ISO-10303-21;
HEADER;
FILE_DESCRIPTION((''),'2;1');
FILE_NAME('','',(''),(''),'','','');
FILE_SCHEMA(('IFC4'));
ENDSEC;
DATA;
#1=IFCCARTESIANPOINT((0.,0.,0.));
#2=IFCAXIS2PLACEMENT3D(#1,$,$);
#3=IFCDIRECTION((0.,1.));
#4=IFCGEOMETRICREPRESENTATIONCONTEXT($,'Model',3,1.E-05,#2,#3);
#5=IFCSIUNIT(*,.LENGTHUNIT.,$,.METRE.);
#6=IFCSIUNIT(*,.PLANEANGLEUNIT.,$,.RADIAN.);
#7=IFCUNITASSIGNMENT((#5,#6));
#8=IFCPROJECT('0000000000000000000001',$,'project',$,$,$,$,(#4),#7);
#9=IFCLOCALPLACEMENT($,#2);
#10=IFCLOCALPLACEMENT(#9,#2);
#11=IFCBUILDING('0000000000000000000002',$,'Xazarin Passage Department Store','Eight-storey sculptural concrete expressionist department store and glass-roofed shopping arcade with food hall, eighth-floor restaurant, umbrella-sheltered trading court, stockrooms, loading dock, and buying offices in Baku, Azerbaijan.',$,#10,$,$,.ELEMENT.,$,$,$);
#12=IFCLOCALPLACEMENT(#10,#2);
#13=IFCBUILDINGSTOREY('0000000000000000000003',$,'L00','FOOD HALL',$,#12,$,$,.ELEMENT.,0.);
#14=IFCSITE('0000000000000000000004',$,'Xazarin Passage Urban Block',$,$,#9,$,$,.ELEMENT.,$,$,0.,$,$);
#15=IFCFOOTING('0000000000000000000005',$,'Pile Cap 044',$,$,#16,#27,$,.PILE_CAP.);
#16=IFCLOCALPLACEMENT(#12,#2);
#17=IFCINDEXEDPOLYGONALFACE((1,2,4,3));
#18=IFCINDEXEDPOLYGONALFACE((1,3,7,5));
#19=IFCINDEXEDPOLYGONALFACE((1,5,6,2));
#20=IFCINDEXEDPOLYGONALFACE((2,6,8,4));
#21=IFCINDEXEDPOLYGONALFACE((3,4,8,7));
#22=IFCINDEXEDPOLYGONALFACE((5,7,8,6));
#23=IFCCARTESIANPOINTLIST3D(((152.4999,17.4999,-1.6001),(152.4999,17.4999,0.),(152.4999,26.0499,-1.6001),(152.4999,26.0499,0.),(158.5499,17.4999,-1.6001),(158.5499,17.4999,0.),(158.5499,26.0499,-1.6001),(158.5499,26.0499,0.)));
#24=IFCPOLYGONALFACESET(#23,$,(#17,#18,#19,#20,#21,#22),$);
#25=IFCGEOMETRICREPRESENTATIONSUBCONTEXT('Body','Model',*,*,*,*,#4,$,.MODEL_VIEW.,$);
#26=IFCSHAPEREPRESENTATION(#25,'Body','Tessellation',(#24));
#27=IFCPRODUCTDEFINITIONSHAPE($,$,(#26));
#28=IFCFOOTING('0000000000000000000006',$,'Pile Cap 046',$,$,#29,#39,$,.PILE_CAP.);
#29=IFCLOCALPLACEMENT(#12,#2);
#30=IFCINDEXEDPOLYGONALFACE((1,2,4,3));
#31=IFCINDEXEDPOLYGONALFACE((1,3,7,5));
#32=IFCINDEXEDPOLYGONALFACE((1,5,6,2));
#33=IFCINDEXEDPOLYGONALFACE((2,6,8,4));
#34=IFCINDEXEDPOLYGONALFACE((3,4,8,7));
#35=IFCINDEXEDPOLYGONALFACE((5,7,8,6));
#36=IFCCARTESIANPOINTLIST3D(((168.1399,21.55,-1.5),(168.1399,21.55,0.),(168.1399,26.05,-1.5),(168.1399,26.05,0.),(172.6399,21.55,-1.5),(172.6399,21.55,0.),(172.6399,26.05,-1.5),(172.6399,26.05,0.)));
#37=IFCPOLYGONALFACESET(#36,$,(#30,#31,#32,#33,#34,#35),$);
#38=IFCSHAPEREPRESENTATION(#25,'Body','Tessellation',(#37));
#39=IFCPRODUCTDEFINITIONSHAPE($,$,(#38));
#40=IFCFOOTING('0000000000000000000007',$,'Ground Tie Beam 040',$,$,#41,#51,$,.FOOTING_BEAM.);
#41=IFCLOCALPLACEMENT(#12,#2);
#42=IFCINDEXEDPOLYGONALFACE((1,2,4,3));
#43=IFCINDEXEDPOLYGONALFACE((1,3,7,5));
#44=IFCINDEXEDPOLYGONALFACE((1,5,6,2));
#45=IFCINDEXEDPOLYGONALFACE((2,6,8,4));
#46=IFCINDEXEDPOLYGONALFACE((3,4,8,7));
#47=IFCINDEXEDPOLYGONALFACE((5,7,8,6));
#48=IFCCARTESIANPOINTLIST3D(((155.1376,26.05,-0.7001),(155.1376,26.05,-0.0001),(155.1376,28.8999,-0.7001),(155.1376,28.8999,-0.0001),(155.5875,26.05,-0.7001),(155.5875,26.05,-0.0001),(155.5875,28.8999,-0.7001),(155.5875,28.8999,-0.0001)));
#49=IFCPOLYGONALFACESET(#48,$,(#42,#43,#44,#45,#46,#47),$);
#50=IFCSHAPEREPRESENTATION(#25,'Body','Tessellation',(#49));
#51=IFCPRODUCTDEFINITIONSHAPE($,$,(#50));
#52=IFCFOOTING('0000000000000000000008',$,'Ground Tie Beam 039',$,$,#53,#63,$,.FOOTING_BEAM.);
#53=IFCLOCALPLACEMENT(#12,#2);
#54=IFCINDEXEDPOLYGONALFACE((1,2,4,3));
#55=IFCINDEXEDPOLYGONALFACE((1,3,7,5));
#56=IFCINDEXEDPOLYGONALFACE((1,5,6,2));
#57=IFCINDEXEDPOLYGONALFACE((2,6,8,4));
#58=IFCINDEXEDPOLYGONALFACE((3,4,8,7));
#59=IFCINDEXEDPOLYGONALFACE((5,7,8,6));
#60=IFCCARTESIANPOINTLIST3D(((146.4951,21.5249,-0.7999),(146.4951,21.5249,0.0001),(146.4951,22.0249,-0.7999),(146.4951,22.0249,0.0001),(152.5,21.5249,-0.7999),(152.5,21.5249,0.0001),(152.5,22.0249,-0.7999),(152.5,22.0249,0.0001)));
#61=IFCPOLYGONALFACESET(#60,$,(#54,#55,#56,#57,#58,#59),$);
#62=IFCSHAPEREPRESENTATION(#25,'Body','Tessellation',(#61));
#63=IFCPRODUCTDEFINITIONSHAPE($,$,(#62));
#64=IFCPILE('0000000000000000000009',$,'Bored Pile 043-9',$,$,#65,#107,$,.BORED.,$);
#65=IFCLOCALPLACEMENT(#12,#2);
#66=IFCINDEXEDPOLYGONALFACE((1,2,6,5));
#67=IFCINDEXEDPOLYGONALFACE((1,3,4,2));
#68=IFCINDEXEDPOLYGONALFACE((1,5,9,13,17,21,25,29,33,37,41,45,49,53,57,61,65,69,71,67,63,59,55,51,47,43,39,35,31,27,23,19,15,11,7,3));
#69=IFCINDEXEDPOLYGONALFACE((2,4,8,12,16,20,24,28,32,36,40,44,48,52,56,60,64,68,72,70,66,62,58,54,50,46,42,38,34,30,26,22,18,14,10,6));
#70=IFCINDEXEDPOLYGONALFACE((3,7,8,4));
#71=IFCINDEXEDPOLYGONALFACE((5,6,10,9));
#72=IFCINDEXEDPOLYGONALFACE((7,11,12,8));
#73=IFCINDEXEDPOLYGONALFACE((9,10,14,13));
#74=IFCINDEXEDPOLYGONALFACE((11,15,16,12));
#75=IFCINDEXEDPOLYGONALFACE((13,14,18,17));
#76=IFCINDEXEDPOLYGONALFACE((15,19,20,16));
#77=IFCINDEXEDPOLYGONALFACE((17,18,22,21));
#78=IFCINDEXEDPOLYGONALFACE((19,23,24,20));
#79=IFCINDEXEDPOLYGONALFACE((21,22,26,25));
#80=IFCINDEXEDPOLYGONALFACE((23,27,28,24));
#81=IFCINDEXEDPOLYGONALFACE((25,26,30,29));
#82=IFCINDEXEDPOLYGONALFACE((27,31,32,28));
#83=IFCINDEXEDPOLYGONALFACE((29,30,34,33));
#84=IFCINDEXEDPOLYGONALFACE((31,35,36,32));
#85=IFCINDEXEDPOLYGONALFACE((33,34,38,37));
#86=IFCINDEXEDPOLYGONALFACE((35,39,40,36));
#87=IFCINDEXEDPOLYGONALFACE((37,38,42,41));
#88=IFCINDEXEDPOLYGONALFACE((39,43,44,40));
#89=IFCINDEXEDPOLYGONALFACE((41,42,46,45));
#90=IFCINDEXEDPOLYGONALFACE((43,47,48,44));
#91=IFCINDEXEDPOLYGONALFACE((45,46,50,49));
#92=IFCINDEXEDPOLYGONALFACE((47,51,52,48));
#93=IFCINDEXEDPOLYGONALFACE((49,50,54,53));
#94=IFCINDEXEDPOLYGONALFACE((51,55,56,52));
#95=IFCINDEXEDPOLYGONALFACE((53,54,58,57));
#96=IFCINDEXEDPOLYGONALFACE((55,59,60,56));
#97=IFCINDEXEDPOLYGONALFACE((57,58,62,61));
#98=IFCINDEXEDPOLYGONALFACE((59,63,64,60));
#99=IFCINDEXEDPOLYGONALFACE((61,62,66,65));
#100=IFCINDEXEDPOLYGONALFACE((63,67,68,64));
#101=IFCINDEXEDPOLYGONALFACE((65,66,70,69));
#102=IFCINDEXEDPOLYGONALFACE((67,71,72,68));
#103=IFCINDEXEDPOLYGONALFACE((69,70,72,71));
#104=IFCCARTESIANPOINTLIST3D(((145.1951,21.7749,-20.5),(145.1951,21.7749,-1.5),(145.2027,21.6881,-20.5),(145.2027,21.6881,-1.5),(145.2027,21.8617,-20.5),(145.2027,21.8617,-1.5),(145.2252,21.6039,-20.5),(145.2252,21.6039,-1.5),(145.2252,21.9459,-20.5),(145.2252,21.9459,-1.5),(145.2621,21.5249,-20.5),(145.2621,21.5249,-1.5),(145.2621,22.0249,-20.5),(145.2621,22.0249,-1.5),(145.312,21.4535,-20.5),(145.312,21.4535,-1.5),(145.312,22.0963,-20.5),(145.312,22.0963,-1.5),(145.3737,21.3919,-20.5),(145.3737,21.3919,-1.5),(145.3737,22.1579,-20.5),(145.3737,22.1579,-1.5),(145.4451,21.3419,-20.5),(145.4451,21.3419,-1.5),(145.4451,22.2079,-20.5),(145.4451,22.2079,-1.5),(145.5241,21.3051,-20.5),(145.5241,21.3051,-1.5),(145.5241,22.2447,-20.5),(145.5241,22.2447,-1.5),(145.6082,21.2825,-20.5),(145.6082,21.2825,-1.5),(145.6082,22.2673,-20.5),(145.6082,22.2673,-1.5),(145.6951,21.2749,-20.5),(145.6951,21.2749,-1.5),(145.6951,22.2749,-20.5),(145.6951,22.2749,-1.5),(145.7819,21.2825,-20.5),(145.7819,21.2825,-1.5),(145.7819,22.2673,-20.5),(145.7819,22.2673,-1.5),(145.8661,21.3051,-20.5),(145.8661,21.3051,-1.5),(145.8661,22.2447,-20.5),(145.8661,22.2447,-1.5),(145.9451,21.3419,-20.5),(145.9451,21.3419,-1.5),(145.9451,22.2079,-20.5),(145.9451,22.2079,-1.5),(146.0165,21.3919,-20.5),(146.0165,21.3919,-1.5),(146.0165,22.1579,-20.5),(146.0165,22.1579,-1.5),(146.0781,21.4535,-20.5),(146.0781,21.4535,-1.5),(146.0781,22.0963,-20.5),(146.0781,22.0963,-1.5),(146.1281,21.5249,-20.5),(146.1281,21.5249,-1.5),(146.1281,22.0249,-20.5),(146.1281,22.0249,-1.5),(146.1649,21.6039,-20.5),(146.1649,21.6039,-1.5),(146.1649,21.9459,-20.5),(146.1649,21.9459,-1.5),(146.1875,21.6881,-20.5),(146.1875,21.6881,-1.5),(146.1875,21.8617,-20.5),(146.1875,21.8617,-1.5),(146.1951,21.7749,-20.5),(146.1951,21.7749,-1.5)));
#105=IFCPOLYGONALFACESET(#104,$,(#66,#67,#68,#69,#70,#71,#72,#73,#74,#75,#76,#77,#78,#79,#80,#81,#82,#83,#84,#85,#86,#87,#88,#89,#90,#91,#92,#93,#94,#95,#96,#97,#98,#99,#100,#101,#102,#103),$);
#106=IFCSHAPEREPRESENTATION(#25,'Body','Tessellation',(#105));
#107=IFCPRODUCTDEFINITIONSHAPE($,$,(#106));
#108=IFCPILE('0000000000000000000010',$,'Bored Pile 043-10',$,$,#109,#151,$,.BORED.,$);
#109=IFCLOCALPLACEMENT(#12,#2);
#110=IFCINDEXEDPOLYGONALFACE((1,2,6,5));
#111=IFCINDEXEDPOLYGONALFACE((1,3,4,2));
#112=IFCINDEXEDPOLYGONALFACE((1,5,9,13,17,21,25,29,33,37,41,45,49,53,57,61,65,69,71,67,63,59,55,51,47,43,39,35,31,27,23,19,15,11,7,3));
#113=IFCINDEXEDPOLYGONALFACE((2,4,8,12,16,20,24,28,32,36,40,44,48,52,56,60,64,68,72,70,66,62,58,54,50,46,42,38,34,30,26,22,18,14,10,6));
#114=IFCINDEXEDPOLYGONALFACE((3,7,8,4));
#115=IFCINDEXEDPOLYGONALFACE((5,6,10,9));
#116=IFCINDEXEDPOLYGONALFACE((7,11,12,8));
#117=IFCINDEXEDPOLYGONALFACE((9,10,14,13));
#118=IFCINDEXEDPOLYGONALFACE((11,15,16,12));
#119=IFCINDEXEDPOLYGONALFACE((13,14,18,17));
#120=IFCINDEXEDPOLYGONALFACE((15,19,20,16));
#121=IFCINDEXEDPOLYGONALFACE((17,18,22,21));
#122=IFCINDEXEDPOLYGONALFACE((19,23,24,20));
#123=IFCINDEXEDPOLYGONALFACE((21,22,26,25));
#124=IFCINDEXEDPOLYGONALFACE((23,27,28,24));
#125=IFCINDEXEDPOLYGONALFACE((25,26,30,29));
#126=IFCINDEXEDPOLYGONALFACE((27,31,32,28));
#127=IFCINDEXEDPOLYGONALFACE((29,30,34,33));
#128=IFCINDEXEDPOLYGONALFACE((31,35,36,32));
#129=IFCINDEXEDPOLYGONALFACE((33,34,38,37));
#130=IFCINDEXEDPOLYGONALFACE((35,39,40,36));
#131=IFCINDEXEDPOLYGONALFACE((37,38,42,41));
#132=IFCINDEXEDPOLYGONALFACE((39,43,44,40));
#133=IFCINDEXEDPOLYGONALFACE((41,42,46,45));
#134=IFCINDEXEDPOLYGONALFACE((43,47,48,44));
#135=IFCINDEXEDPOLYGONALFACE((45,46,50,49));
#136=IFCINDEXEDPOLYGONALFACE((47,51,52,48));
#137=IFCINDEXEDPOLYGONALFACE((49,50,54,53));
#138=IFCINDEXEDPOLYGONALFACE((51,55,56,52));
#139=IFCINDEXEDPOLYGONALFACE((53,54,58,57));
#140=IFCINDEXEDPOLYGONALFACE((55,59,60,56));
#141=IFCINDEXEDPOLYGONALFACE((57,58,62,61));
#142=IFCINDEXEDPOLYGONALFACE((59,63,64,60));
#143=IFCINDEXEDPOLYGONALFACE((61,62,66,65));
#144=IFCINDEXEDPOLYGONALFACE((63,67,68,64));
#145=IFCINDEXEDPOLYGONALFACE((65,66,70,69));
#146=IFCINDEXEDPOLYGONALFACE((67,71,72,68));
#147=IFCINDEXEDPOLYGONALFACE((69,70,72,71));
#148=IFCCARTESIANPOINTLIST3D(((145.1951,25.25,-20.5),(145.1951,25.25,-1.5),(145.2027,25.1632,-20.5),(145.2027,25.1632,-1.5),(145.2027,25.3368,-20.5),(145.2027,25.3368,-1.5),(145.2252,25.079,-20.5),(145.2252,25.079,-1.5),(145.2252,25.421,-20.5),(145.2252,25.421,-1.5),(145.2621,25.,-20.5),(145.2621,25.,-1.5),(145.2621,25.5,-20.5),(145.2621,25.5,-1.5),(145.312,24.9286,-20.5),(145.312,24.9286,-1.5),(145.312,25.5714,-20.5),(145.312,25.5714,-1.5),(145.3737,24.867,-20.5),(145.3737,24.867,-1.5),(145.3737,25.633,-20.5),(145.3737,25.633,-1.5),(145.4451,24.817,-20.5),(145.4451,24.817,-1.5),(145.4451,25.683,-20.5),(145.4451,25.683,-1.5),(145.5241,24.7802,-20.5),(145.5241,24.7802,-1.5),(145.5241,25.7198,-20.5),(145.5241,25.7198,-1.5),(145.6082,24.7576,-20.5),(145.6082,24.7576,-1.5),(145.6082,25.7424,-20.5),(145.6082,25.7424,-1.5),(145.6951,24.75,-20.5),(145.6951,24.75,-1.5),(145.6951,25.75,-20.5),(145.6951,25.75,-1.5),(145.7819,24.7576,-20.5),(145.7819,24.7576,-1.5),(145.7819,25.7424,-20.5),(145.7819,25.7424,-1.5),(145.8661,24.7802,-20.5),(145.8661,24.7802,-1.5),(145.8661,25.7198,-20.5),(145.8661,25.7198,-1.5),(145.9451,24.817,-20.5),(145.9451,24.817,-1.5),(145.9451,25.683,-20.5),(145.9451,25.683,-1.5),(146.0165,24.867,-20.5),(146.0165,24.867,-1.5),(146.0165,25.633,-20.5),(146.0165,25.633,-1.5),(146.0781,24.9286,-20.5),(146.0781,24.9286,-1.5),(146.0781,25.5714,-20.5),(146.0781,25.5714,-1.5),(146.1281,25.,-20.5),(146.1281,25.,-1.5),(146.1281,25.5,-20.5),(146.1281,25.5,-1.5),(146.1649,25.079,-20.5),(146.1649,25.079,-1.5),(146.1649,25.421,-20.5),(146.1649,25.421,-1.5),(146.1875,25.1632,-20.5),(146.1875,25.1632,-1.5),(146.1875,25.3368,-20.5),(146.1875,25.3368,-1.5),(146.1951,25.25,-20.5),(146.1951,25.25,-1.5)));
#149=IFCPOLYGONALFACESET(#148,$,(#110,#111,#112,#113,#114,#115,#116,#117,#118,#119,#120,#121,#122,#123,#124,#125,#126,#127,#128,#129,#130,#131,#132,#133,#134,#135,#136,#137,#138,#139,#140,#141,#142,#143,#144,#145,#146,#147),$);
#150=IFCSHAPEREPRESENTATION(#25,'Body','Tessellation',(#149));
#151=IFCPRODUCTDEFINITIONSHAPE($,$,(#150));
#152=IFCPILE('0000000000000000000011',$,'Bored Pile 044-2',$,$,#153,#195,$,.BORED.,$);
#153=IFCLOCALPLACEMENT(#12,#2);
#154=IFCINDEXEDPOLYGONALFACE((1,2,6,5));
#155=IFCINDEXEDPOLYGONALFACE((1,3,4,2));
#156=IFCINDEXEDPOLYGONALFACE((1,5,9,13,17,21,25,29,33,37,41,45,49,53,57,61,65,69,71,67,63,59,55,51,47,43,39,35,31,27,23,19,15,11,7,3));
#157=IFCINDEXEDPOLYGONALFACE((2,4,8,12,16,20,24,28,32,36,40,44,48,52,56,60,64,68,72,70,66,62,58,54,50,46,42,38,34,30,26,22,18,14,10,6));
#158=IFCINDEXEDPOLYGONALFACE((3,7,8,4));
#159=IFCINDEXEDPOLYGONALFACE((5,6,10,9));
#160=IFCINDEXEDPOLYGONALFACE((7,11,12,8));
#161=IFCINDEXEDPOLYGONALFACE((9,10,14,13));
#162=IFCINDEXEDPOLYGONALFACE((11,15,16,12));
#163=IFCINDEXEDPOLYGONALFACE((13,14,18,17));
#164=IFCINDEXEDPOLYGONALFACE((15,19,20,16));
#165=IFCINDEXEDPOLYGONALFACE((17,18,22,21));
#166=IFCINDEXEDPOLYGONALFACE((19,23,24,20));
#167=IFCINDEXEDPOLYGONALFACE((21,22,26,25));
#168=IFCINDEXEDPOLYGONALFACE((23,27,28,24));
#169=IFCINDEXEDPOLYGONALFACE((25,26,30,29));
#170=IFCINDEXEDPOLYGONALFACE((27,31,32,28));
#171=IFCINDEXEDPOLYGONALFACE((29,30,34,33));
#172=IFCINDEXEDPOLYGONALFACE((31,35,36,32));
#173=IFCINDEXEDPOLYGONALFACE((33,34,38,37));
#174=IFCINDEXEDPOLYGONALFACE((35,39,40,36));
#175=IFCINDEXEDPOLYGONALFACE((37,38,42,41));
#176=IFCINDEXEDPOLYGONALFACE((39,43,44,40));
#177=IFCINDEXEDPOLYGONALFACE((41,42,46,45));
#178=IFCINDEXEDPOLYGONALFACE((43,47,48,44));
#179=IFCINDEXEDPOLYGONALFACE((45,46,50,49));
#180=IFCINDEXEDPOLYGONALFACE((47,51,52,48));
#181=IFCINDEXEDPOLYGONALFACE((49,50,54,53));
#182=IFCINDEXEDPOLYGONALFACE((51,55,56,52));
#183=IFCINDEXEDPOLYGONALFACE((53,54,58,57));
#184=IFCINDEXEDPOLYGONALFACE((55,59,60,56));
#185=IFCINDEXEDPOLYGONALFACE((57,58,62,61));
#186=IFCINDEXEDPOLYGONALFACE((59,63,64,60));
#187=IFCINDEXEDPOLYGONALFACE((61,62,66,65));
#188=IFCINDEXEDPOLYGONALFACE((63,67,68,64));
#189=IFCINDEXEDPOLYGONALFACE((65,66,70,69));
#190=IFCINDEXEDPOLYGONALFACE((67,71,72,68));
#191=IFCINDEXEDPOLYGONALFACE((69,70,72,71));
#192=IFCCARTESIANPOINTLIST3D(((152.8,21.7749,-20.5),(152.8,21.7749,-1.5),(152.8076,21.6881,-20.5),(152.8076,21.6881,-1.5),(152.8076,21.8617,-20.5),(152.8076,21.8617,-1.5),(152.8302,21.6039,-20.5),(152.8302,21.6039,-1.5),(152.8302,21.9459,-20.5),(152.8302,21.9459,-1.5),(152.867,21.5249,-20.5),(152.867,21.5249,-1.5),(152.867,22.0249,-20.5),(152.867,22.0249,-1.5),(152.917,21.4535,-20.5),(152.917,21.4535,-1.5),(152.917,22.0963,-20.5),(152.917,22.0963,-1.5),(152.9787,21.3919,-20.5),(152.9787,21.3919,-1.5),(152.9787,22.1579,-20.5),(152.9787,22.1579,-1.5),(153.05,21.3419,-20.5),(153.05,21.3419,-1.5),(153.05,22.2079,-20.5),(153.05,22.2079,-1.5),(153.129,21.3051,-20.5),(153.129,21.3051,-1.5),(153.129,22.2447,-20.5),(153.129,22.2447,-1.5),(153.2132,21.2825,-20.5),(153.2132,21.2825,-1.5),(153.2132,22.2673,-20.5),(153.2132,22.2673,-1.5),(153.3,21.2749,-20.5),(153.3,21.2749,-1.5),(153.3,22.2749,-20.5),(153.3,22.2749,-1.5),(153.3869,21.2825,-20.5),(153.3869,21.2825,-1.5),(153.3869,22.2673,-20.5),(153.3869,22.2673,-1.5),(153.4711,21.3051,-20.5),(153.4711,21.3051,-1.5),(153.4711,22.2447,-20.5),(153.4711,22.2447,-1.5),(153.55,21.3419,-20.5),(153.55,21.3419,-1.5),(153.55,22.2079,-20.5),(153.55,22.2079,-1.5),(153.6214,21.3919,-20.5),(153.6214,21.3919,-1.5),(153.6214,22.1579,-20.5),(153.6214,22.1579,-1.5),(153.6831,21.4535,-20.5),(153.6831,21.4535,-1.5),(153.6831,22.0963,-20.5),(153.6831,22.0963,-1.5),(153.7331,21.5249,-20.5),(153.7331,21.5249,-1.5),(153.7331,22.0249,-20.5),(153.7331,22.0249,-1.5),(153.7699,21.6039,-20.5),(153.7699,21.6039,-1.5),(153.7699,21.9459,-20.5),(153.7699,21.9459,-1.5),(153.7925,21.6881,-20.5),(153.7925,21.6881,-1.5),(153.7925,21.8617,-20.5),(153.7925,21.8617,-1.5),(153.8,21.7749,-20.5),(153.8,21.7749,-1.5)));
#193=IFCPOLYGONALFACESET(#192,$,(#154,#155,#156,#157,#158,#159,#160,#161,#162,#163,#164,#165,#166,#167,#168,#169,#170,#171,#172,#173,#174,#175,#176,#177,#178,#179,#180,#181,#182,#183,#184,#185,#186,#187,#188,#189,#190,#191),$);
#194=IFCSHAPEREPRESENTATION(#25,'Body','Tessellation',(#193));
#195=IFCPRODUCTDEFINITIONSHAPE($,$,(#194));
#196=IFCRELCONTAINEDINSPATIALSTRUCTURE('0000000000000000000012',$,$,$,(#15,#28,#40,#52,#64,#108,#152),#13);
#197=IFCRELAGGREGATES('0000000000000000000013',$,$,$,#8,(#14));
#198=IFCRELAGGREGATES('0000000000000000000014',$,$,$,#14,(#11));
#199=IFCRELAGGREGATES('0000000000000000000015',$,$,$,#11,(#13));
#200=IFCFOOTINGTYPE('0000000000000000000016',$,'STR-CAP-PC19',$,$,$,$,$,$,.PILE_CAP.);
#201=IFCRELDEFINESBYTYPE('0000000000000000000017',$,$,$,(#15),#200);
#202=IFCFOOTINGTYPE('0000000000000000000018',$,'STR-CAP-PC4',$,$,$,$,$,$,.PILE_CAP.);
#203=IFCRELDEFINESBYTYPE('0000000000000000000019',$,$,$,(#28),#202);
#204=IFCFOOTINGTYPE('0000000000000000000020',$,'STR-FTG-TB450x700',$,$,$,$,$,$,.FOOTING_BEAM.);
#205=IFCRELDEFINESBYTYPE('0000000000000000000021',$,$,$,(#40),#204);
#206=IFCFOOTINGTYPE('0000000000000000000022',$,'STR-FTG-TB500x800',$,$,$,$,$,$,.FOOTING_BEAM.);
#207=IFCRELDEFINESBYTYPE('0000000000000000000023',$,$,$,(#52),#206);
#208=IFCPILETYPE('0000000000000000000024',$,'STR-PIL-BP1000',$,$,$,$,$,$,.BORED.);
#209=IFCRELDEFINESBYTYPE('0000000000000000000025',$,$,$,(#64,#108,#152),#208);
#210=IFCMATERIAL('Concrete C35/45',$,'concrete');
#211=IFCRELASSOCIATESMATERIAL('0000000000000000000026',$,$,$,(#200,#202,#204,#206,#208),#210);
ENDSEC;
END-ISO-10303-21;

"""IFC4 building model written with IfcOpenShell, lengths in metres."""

from ifc_helpers import new_model, si_unit, direction, frame, origin, origin_2d, place, context, subcontext, project, spatial, rectangle, circle, extrude, material, material_profile, profile_set, type_object, element, save


model = new_model("IFC4")

# Units and contexts
model_context = context("Model", 3, precision=1e-05, world=origin(), true_north=direction((0.0, 1.0)))
body_context = subcontext(model_context, "Body", "Model", "MODEL_VIEW")
ifc_project = project(units=[si_unit("LENGTHUNIT", "METRE"), si_unit("PLANEANGLEUNIT", "RADIAN")], contexts=[model_context])

# Site, building, storey
site_placement = place(None, origin())
site = spatial("IfcSite", under=ifc_project, at=site_placement, Name="Xazarin Passage Urban Block", CompositionType="ELEMENT", RefElevation=0.0)
building_placement = place(site_placement, origin())
building = spatial("IfcBuilding", under=site, at=building_placement, Name="Xazarin Passage Department Store", Description="Eight-storey sculptural concrete expressionist department store and glass-roofed shopping arcade with food hall, eighth-floor restaurant, umbrella-sheltered trading court, stockrooms, loading dock, and buying offices in Baku, Azerbaijan.", CompositionType="ELEMENT")
storey_placement = place(building_placement, origin())
storey = spatial("IfcBuildingStorey", under=building, at=storey_placement, Name="L00", Description="FOOD HALL", CompositionType="ELEMENT", Elevation=0.0)

# Footings
ifc_material_1 = material(Name="Concrete C35/45", Category="concrete")
footing_type_1 = type_object("IfcFootingType", Name="STR-CAP-PC19", PredefinedType="PILE_CAP", material=ifc_material_1)
footing_1_placement = place(storey_placement, frame((155.5249, 21.7749, -1.6001), z_axis=(0.0, 0.0, 1.0), x_axis=(0.0, 1.0, 0.0)))
element("IfcFooting", 1, at=footing_1_placement, inside=storey, type_object=footing_type_1, Name="Pile Cap 044", PredefinedType="PILE_CAP", context=body_context, shape_type="SweptSolid", body=[
    extrude(rectangle(XDim=8.55, YDim=6.05, at=origin_2d()), origin(), (0.0, 0.0, 1.0), 1.6001),
])
footing_type_2 = type_object("IfcFootingType", Name="STR-CAP-PC4", PredefinedType="PILE_CAP", material=ifc_material_1)
footing_2_placement = place(storey_placement, frame((170.3899, 23.8, -1.5), z_axis=(0.0, 0.0, 1.0), x_axis=(1.0, 0.0, 0.0)))
element("IfcFooting", 2, at=footing_2_placement, inside=storey, type_object=footing_type_2, Name="Pile Cap 046", PredefinedType="PILE_CAP", context=body_context, shape_type="SweptSolid", body=[
    extrude(rectangle(XDim=4.5, YDim=4.5, at=origin_2d()), origin(), (0.0, 0.0, 1.0), 1.5),
])
ifc_material_profile_1 = material_profile(ifc_material_1, rectangle(XDim=0.45, YDim=0.7, at=origin_2d()), Name="RC 450x700")
ifc_profile_set_1 = profile_set([ifc_material_profile_1], Name="Concrete C35/45")
footing_type_3 = type_object("IfcFootingType", Name="STR-FTG-TB450x700", PredefinedType="FOOTING_BEAM", material=ifc_profile_set_1)
footing_3_placement = place(storey_placement, frame((155.3625, 26.05, -0.3501), z_axis=(0.0, 1.0, 0.0), x_axis=(-1.0, 0.0, 0.0)))
element("IfcFooting", 3, at=footing_3_placement, inside=storey, type_object=footing_type_3, Name="Ground Tie Beam 040", PredefinedType="FOOTING_BEAM", context=body_context, shape_type="SweptSolid", body=[
    extrude(rectangle(XDim=0.45, YDim=0.7, at=origin_2d()), origin(), (0.0, 0.0, 1.0), 2.8499),
])
ifc_material_profile_2 = material_profile(ifc_material_1, rectangle(XDim=0.5, YDim=0.8, at=origin_2d()), Name="RC 500x800")
ifc_profile_set_2 = profile_set([ifc_material_profile_2], Name="Concrete C35/45")
footing_type_4 = type_object("IfcFootingType", Name="STR-FTG-TB500x800", PredefinedType="FOOTING_BEAM", material=ifc_profile_set_2)
footing_4_placement = place(storey_placement, frame((146.4951, 21.7749, -0.3999), z_axis=(1.0, 0.0, 0.0), x_axis=(0.0, 1.0, 0.0)))
element("IfcFooting", 4, at=footing_4_placement, inside=storey, type_object=footing_type_4, Name="Ground Tie Beam 039", PredefinedType="FOOTING_BEAM", context=body_context, shape_type="SweptSolid", body=[
    extrude(rectangle(XDim=0.5, YDim=0.8, at=origin_2d()), origin(), (0.0, 0.0, 1.0), 6.0049),
])

# Piles
ifc_material_profile_3 = material_profile(ifc_material_1, circle(Radius=0.5, at=origin_2d()), Name="BP 1000")
ifc_profile_set_3 = profile_set([ifc_material_profile_3], Name="Concrete C35/45")
pile_type_1 = type_object("IfcPileType", Name="STR-PIL-BP1000", PredefinedType="BORED", material=ifc_profile_set_3)
for number, where, z_axis, x_axis, name in (
    (5, (145.6951, 21.7749, -1.5), (0.0, 0.0, -1.0), (1.0, 0.0, 0.0), "Bored Pile 043-9"),
    (6, (145.6951, 25.25, -1.5), (0.0, 0.0, -1.0), (1.0, 0.0, 0.0), "Bored Pile 043-10"),
    (7, (153.3, 21.7749, -1.5), (0.0, 0.0, -1.0), (1.0, 0.0, 0.0), "Bored Pile 044-2"),
):
    element("IfcPile", number, at=place(storey_placement, frame(where, z_axis=z_axis, x_axis=x_axis)), inside=storey, type_object=pile_type_1, Name=name, PredefinedType="BORED", context=body_context, shape_type="SweptSolid", body=[
        extrude(circle(Radius=0.5, at=origin_2d()), origin(), (0.0, 0.0, 1.0), 19.0),
    ])

save(model, "model.ifc")
